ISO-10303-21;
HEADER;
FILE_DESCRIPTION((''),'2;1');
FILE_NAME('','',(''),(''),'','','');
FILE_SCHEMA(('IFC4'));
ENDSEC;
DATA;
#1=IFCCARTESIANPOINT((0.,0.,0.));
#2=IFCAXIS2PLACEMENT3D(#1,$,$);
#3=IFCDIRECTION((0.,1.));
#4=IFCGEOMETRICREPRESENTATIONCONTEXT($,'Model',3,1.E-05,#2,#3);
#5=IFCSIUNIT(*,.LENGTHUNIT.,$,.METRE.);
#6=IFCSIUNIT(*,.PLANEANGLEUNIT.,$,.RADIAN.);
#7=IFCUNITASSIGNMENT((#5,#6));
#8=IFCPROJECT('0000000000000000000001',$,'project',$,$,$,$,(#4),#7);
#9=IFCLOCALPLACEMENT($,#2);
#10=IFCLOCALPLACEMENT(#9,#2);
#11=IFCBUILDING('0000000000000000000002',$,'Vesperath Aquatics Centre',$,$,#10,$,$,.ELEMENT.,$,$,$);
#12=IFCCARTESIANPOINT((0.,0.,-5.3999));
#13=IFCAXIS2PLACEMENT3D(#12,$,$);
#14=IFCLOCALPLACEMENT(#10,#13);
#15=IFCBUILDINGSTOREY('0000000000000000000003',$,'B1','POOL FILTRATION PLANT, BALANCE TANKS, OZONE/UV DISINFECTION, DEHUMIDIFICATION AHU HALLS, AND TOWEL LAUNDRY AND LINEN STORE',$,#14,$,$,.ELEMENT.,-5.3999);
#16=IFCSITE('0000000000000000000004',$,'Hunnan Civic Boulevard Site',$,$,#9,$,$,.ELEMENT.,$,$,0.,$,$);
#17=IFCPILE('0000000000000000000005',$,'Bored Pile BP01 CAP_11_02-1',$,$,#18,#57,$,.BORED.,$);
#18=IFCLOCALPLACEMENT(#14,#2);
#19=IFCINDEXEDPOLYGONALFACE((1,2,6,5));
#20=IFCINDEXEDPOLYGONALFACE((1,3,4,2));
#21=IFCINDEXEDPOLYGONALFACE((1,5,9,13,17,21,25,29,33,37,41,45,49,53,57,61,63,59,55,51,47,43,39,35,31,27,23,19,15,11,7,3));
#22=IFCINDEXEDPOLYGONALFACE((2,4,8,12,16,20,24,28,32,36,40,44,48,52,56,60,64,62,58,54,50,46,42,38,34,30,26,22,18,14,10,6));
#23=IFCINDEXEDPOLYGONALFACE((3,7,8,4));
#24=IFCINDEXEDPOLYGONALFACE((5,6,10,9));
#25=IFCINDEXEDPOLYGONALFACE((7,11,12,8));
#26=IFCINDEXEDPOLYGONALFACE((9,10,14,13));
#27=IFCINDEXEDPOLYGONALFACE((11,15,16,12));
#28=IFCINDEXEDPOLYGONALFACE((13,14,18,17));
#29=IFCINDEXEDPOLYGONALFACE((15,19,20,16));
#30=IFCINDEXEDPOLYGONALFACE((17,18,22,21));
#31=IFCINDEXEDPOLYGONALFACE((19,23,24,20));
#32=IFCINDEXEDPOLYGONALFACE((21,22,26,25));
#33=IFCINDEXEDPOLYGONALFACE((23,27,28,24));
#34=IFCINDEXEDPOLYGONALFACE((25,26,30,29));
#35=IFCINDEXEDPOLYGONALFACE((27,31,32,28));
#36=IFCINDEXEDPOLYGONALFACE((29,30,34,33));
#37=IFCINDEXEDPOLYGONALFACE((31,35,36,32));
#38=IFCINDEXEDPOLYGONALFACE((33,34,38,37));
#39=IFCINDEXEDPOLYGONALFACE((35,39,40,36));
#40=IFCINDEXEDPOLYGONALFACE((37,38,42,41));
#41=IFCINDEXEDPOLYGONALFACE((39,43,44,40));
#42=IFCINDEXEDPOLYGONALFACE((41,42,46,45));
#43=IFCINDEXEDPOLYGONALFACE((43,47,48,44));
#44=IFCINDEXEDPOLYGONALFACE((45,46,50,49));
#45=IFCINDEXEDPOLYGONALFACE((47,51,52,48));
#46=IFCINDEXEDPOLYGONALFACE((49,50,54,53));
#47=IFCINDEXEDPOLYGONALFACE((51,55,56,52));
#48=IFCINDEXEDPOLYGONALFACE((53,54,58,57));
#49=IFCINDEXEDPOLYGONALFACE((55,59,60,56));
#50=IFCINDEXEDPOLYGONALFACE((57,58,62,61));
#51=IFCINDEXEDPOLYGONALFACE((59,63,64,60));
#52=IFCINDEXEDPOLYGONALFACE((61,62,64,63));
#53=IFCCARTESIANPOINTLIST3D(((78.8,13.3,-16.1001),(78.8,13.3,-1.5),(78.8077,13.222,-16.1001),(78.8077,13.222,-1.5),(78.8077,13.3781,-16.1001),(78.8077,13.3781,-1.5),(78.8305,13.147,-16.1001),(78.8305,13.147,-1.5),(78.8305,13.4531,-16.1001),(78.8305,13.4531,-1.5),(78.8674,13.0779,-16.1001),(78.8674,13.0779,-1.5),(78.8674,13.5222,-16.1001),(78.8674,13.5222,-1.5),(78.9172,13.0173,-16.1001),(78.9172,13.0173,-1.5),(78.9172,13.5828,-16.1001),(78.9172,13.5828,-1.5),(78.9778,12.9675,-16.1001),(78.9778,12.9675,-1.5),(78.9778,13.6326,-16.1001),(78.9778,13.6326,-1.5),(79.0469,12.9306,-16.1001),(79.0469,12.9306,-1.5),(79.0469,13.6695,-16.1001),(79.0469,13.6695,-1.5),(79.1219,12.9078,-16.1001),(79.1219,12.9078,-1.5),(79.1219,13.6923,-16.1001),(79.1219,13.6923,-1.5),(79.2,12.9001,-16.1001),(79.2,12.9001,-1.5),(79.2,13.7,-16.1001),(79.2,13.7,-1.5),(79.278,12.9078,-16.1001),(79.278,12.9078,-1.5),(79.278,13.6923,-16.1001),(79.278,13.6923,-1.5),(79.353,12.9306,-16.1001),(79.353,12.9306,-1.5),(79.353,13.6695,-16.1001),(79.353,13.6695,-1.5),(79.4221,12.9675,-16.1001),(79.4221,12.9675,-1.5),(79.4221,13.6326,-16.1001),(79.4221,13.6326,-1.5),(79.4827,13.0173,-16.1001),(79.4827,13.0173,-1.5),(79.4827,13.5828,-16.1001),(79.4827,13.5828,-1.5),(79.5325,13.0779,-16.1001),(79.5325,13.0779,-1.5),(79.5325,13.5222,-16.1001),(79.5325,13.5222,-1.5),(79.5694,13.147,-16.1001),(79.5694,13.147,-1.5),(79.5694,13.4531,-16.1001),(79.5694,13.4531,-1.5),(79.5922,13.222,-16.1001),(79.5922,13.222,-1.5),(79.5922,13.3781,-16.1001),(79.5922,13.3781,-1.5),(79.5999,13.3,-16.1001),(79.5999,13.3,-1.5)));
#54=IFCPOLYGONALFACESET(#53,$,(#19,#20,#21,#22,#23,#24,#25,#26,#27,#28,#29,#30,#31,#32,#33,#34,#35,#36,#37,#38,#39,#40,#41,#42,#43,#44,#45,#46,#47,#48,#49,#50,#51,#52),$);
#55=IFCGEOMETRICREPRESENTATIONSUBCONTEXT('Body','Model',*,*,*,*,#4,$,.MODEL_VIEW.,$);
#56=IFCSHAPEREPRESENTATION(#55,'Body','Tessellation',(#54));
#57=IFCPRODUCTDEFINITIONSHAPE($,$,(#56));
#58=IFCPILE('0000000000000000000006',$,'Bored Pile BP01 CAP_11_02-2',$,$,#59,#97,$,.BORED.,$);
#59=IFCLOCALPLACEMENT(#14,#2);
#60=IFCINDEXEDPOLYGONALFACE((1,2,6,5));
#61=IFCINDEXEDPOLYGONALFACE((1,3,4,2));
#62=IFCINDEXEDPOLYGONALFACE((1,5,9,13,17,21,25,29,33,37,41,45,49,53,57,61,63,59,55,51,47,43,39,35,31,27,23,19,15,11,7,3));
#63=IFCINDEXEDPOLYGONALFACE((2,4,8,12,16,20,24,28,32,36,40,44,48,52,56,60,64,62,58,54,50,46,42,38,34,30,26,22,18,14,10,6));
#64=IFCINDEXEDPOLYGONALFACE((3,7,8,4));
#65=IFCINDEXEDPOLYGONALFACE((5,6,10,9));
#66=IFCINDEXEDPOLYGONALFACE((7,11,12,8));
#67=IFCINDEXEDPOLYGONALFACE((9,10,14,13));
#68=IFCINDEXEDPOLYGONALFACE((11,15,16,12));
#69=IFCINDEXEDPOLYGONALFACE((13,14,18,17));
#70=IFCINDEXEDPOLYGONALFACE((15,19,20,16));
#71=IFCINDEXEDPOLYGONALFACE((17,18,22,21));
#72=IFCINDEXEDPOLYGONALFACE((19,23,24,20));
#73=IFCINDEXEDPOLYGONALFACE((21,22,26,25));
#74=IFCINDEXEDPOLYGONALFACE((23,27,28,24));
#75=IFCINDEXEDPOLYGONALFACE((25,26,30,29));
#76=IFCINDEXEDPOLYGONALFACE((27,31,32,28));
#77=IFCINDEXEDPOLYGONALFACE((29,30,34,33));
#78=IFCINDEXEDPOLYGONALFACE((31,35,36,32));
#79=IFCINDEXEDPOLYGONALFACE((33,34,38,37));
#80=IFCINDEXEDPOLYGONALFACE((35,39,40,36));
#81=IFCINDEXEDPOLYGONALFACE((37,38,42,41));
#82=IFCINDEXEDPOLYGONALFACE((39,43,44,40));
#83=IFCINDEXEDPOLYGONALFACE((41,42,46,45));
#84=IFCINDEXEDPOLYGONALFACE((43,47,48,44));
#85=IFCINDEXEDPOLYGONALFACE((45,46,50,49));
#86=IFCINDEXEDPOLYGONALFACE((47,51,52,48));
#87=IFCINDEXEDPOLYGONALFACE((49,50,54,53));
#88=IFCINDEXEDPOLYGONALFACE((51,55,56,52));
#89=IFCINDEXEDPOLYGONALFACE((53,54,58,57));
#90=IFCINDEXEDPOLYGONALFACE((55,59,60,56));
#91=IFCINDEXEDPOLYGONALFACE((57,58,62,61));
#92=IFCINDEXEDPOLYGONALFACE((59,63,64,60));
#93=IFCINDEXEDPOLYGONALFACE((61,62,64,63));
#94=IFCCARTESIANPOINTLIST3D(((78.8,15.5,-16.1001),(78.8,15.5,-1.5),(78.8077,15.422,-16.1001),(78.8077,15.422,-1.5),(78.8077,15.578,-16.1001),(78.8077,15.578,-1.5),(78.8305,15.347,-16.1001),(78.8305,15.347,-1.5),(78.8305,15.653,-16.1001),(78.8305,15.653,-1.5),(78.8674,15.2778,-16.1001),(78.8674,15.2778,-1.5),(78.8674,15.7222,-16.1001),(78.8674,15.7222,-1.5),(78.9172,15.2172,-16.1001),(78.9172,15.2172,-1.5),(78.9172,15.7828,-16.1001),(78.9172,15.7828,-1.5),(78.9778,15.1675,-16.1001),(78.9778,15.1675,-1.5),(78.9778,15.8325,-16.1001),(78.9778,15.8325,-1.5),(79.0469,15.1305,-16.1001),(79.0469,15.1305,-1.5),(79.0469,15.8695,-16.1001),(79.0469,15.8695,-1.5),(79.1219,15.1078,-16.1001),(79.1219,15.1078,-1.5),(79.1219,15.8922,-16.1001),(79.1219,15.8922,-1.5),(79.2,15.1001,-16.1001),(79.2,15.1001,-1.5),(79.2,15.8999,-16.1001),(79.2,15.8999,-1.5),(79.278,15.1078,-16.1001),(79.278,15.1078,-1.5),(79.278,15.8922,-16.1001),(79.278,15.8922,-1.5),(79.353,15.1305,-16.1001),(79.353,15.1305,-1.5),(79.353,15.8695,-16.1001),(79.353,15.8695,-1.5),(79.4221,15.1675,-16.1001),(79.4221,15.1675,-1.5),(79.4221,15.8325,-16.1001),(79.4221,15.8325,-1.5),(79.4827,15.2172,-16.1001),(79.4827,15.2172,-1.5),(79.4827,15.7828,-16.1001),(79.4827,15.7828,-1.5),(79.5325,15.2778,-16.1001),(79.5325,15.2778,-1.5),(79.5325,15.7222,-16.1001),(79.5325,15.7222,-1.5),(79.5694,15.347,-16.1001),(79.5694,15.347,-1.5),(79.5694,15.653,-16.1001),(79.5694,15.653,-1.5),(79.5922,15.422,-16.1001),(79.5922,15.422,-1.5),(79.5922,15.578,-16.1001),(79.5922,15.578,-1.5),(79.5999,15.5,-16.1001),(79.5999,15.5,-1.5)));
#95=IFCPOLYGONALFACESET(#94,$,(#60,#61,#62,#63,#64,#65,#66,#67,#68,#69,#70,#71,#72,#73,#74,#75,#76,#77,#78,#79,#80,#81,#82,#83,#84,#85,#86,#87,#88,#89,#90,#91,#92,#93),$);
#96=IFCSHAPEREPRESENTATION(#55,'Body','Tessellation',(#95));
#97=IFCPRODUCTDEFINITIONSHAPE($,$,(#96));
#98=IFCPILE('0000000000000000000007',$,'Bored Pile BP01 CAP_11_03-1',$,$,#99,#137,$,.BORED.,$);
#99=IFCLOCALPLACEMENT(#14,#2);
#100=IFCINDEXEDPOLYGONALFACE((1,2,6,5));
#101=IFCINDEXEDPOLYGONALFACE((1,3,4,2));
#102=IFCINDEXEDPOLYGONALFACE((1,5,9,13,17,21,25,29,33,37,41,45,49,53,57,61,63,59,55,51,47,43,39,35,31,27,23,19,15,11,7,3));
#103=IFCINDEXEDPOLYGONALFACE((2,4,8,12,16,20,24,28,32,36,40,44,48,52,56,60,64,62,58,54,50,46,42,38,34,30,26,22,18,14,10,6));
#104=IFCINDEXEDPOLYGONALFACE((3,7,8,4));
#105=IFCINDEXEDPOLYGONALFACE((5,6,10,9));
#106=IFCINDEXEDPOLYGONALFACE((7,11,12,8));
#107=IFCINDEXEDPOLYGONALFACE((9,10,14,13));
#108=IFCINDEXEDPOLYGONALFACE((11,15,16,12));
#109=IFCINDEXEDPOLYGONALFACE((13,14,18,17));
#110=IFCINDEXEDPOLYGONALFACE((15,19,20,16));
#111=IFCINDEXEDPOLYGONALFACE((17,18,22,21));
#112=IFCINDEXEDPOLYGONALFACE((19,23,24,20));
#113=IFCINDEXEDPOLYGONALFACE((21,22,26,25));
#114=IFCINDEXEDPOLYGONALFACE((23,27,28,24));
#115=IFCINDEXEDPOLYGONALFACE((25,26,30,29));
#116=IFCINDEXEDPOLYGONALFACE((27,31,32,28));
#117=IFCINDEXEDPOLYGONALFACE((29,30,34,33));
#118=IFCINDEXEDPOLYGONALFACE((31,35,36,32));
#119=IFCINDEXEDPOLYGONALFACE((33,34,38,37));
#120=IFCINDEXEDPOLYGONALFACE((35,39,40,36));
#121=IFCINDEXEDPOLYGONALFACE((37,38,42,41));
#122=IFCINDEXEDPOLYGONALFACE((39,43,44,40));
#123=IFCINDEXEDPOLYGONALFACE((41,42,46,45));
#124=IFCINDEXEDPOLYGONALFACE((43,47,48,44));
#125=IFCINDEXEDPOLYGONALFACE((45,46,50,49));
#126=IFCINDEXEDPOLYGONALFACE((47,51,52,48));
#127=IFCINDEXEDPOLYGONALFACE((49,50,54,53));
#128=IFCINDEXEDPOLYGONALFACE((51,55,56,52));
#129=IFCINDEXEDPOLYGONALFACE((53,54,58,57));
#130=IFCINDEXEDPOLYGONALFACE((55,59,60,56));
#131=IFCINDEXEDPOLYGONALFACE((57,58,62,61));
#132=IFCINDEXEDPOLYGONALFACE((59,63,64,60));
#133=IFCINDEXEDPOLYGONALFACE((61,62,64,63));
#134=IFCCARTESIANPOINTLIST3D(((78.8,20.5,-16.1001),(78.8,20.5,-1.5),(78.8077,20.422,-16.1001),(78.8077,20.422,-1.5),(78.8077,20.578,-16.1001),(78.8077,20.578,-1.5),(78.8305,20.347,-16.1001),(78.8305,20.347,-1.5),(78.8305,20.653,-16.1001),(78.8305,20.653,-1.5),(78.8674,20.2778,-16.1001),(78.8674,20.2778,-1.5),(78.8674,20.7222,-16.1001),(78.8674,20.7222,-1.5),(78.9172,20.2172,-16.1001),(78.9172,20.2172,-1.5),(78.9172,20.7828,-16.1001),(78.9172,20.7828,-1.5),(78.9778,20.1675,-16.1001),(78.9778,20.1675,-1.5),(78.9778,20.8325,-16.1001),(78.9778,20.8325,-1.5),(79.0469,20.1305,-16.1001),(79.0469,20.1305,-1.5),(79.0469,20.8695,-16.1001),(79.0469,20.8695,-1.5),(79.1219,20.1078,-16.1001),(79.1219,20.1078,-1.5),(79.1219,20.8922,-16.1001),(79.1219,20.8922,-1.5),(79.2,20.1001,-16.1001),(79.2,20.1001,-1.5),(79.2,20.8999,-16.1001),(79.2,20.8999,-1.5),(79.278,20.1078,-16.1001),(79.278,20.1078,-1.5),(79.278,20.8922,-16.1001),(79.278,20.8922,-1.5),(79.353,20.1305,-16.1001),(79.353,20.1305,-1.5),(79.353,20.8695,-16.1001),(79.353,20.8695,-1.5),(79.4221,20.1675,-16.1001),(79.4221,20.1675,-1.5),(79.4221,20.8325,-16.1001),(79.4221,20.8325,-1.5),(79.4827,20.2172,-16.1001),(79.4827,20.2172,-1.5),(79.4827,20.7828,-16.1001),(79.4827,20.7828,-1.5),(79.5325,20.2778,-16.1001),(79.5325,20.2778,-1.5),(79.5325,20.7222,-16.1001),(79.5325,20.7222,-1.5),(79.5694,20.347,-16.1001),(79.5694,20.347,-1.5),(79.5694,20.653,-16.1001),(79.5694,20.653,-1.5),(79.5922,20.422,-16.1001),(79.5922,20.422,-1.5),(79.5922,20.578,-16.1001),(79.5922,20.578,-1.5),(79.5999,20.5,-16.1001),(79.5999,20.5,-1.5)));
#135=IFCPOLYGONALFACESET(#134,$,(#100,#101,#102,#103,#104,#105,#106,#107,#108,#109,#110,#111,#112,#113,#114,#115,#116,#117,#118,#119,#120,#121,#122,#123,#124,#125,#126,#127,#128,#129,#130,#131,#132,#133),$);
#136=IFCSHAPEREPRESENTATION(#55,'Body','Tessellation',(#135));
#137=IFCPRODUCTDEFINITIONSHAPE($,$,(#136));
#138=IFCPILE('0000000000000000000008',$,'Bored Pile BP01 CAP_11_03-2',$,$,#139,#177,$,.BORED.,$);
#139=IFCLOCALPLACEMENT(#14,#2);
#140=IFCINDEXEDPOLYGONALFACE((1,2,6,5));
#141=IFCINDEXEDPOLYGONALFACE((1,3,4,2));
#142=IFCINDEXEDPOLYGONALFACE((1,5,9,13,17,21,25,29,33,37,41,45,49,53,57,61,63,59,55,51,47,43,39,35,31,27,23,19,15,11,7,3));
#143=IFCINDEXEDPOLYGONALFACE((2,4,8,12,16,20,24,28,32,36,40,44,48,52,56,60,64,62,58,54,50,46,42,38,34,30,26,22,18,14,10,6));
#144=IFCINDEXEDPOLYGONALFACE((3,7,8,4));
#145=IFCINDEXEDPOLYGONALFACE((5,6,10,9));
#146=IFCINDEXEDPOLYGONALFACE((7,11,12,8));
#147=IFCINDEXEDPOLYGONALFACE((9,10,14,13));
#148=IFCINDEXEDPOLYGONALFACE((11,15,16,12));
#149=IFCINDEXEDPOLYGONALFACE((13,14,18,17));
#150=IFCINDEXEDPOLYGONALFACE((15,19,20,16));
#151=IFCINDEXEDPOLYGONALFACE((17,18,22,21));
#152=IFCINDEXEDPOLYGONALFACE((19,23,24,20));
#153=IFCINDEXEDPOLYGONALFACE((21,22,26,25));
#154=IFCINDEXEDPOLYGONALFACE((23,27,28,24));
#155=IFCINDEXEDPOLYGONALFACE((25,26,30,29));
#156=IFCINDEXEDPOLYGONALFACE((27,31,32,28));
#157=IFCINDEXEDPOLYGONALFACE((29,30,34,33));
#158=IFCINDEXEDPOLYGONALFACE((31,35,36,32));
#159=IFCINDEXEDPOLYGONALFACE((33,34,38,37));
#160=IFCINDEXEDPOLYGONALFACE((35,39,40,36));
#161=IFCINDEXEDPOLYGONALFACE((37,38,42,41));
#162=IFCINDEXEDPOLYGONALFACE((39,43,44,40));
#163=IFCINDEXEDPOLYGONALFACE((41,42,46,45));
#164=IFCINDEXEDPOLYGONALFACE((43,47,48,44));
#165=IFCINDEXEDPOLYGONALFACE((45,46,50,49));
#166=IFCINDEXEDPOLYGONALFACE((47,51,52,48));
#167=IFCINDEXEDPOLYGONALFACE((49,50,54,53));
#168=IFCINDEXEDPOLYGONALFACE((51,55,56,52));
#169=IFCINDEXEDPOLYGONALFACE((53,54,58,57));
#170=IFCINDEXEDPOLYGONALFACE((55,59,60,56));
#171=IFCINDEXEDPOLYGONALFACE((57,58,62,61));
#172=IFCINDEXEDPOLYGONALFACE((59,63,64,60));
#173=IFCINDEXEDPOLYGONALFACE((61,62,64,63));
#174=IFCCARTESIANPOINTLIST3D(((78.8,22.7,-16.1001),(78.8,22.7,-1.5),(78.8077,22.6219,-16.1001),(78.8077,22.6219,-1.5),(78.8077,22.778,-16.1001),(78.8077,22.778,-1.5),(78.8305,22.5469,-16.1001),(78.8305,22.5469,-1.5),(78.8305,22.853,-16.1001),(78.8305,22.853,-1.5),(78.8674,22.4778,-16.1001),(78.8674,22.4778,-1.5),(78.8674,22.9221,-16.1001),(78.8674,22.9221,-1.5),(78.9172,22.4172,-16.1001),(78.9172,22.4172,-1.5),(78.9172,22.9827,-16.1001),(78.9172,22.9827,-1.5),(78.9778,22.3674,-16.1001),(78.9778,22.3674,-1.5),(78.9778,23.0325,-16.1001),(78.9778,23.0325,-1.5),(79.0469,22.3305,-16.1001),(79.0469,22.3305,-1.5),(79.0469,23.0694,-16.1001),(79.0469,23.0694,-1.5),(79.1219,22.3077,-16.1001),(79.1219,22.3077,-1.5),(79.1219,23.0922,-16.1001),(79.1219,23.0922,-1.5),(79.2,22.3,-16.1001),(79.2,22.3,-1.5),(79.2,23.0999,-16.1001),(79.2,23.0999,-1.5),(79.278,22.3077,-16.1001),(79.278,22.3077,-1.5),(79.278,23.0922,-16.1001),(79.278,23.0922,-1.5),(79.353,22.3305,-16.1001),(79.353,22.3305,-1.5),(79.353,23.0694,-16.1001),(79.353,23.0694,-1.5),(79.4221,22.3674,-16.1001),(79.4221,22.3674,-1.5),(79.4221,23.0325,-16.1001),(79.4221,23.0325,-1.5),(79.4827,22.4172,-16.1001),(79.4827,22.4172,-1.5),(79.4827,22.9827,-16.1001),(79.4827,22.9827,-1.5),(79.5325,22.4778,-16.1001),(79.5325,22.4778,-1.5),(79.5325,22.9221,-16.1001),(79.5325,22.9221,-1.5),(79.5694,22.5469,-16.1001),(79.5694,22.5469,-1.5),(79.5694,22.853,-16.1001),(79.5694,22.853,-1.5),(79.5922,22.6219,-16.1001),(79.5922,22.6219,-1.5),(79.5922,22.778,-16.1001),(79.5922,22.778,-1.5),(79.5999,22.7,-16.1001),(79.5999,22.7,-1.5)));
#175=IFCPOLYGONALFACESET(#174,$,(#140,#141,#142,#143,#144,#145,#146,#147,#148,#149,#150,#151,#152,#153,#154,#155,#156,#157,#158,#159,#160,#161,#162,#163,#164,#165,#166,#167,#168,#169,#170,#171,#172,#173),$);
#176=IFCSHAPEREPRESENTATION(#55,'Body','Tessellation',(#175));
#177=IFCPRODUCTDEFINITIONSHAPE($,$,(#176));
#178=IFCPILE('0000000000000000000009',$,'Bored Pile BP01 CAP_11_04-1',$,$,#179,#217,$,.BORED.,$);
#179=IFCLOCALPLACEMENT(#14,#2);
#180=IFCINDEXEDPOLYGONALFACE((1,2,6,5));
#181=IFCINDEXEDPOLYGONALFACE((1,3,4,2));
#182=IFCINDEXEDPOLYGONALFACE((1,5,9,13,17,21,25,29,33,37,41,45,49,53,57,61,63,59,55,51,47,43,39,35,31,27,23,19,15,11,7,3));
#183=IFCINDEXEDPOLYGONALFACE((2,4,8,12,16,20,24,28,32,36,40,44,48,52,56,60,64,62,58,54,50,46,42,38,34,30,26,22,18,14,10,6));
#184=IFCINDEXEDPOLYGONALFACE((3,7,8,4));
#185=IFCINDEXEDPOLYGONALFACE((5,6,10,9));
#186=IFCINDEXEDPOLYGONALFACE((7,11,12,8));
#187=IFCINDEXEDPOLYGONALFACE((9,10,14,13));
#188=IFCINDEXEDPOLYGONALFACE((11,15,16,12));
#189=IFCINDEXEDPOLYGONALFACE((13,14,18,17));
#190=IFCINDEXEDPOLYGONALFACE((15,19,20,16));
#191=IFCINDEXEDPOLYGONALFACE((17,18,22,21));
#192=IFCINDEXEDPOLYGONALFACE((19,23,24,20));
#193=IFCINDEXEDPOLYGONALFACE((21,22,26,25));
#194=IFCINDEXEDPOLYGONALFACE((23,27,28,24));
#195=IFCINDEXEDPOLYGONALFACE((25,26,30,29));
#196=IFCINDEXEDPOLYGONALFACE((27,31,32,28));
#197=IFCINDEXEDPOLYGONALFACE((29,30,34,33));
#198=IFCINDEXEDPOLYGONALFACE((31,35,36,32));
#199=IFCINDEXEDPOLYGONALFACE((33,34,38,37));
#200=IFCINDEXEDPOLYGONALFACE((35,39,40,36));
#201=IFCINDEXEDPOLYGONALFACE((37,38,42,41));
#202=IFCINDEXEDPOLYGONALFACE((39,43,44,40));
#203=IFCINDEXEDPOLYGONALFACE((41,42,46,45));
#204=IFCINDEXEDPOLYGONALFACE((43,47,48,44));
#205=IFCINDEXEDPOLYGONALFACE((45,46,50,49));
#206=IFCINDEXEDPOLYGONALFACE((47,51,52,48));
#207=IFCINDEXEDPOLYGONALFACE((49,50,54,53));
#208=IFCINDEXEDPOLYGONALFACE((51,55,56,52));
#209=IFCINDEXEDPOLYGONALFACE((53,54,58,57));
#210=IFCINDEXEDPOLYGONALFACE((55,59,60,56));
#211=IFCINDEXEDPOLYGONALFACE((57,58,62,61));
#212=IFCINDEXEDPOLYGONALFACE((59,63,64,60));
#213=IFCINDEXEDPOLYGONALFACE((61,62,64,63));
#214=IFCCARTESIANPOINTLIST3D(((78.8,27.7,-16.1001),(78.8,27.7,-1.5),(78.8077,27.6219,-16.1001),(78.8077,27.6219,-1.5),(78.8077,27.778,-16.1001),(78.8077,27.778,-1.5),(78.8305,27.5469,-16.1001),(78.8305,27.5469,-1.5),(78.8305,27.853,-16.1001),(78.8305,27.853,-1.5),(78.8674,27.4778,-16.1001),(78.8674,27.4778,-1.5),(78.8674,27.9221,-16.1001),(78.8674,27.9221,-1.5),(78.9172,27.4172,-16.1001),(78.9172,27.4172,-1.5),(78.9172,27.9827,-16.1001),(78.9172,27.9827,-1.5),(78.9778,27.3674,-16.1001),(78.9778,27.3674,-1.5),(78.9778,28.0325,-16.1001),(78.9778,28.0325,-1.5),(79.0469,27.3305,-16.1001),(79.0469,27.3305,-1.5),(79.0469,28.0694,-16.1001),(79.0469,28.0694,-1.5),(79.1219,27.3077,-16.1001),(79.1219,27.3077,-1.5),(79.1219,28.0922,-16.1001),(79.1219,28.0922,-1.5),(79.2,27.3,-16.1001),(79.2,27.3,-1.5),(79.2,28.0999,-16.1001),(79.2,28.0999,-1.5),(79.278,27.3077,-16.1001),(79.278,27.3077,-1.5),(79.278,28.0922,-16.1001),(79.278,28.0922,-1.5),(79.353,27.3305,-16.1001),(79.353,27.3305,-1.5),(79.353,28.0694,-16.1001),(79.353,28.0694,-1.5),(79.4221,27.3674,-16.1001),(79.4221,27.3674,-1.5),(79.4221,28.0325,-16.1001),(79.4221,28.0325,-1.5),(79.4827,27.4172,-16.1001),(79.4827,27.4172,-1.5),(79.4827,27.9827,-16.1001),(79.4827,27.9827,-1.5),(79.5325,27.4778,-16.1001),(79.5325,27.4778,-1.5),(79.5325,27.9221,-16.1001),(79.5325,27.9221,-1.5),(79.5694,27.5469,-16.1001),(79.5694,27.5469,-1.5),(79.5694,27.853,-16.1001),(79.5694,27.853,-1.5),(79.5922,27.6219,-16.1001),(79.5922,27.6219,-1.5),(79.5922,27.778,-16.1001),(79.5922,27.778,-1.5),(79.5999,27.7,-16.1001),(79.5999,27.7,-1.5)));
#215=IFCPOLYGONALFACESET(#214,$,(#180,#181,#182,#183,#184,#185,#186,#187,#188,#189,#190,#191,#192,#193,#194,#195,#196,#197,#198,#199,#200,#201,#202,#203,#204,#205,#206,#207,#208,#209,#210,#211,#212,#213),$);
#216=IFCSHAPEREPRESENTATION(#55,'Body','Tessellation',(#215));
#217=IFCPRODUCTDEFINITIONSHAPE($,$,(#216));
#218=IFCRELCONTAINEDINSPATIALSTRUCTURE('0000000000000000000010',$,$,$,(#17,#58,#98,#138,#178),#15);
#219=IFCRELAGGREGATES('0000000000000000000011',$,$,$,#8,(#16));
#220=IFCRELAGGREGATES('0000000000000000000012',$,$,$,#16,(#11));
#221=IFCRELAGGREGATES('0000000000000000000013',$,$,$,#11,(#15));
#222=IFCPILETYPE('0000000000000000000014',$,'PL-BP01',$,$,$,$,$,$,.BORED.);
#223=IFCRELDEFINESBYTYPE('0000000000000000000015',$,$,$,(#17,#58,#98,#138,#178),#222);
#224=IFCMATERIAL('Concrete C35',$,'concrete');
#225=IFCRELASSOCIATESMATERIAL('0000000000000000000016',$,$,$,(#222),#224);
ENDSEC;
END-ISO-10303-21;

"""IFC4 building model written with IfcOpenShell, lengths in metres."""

from ifc_helpers import new_model, si_unit, direction, frame, origin, origin_2d, place, context, subcontext, project, spatial, circle, extrude, material, material_profile, profile_set, type_object, element, save


model = new_model("IFC4")

# Units and contexts
model_context = context("Model", 3, precision=1e-05, world=origin(), true_north=direction((0.0, 1.0)))
body_context = subcontext(model_context, "Body", "Model", "MODEL_VIEW")
ifc_project = project(units=[si_unit("LENGTHUNIT", "METRE"), si_unit("PLANEANGLEUNIT", "RADIAN")], contexts=[model_context])

# Site, building, storey
site_placement = place(None, origin())
site = spatial("IfcSite", under=ifc_project, at=site_placement, Name="Hunnan Civic Boulevard Site", CompositionType="ELEMENT", RefElevation=0.0)
building_placement = place(site_placement, origin())
building = spatial("IfcBuilding", under=site, at=building_placement, Name="Vesperath Aquatics Centre", CompositionType="ELEMENT")
storey_placement = place(building_placement, frame((0.0, 0.0, -5.3999)))
storey = spatial("IfcBuildingStorey", under=building, at=storey_placement, Name="B1", Description="POOL FILTRATION PLANT, BALANCE TANKS, OZONE/UV DISINFECTION, DEHUMIDIFICATION AHU HALLS, AND TOWEL LAUNDRY AND LINEN STORE", CompositionType="ELEMENT", Elevation=-5.3999)

# Piles
ifc_material_1 = material(Name="Concrete C35", Category="concrete")
ifc_material_profile_1 = material_profile(ifc_material_1, circle(Radius=0.3999, at=origin_2d()), Name="PILE D800")
ifc_profile_set_1 = profile_set([ifc_material_profile_1], Name="Concrete C35")
pile_type = type_object("IfcPileType", Name="PL-BP01", PredefinedType="BORED", material=ifc_profile_set_1)
for number, where, z_axis, x_axis, name in (
    (1, (79.2, 13.3, -1.5), (0.0, 0.0, -1.0), (1.0, 0.0, 0.0), "Bored Pile BP01 CAP_11_02-1"),
    (2, (79.2, 15.5, -1.5), (0.0, 0.0, -1.0), (1.0, 0.0, 0.0), "Bored Pile BP01 CAP_11_02-2"),
    (3, (79.2, 20.5, -1.5), (0.0, 0.0, -1.0), (1.0, 0.0, 0.0), "Bored Pile BP01 CAP_11_03-1"),
    (4, (79.2, 22.7, -1.5), (0.0, 0.0, -1.0), (1.0, 0.0, 0.0), "Bored Pile BP01 CAP_11_03-2"),
    (5, (79.2, 27.7, -1.5), (0.0, 0.0, -1.0), (1.0, 0.0, 0.0), "Bored Pile BP01 CAP_11_04-1"),
):
    element("IfcPile", number, at=place(storey_placement, frame(where, z_axis=z_axis, x_axis=x_axis)), inside=storey, type_object=pile_type, Name=name, PredefinedType="BORED", context=body_context, shape_type="SweptSolid", body=[
        extrude(circle(Radius=0.3999, at=origin_2d()), origin(), (0.0, 0.0, 1.0), 14.6001),
    ])

save(model, "model.ifc")
